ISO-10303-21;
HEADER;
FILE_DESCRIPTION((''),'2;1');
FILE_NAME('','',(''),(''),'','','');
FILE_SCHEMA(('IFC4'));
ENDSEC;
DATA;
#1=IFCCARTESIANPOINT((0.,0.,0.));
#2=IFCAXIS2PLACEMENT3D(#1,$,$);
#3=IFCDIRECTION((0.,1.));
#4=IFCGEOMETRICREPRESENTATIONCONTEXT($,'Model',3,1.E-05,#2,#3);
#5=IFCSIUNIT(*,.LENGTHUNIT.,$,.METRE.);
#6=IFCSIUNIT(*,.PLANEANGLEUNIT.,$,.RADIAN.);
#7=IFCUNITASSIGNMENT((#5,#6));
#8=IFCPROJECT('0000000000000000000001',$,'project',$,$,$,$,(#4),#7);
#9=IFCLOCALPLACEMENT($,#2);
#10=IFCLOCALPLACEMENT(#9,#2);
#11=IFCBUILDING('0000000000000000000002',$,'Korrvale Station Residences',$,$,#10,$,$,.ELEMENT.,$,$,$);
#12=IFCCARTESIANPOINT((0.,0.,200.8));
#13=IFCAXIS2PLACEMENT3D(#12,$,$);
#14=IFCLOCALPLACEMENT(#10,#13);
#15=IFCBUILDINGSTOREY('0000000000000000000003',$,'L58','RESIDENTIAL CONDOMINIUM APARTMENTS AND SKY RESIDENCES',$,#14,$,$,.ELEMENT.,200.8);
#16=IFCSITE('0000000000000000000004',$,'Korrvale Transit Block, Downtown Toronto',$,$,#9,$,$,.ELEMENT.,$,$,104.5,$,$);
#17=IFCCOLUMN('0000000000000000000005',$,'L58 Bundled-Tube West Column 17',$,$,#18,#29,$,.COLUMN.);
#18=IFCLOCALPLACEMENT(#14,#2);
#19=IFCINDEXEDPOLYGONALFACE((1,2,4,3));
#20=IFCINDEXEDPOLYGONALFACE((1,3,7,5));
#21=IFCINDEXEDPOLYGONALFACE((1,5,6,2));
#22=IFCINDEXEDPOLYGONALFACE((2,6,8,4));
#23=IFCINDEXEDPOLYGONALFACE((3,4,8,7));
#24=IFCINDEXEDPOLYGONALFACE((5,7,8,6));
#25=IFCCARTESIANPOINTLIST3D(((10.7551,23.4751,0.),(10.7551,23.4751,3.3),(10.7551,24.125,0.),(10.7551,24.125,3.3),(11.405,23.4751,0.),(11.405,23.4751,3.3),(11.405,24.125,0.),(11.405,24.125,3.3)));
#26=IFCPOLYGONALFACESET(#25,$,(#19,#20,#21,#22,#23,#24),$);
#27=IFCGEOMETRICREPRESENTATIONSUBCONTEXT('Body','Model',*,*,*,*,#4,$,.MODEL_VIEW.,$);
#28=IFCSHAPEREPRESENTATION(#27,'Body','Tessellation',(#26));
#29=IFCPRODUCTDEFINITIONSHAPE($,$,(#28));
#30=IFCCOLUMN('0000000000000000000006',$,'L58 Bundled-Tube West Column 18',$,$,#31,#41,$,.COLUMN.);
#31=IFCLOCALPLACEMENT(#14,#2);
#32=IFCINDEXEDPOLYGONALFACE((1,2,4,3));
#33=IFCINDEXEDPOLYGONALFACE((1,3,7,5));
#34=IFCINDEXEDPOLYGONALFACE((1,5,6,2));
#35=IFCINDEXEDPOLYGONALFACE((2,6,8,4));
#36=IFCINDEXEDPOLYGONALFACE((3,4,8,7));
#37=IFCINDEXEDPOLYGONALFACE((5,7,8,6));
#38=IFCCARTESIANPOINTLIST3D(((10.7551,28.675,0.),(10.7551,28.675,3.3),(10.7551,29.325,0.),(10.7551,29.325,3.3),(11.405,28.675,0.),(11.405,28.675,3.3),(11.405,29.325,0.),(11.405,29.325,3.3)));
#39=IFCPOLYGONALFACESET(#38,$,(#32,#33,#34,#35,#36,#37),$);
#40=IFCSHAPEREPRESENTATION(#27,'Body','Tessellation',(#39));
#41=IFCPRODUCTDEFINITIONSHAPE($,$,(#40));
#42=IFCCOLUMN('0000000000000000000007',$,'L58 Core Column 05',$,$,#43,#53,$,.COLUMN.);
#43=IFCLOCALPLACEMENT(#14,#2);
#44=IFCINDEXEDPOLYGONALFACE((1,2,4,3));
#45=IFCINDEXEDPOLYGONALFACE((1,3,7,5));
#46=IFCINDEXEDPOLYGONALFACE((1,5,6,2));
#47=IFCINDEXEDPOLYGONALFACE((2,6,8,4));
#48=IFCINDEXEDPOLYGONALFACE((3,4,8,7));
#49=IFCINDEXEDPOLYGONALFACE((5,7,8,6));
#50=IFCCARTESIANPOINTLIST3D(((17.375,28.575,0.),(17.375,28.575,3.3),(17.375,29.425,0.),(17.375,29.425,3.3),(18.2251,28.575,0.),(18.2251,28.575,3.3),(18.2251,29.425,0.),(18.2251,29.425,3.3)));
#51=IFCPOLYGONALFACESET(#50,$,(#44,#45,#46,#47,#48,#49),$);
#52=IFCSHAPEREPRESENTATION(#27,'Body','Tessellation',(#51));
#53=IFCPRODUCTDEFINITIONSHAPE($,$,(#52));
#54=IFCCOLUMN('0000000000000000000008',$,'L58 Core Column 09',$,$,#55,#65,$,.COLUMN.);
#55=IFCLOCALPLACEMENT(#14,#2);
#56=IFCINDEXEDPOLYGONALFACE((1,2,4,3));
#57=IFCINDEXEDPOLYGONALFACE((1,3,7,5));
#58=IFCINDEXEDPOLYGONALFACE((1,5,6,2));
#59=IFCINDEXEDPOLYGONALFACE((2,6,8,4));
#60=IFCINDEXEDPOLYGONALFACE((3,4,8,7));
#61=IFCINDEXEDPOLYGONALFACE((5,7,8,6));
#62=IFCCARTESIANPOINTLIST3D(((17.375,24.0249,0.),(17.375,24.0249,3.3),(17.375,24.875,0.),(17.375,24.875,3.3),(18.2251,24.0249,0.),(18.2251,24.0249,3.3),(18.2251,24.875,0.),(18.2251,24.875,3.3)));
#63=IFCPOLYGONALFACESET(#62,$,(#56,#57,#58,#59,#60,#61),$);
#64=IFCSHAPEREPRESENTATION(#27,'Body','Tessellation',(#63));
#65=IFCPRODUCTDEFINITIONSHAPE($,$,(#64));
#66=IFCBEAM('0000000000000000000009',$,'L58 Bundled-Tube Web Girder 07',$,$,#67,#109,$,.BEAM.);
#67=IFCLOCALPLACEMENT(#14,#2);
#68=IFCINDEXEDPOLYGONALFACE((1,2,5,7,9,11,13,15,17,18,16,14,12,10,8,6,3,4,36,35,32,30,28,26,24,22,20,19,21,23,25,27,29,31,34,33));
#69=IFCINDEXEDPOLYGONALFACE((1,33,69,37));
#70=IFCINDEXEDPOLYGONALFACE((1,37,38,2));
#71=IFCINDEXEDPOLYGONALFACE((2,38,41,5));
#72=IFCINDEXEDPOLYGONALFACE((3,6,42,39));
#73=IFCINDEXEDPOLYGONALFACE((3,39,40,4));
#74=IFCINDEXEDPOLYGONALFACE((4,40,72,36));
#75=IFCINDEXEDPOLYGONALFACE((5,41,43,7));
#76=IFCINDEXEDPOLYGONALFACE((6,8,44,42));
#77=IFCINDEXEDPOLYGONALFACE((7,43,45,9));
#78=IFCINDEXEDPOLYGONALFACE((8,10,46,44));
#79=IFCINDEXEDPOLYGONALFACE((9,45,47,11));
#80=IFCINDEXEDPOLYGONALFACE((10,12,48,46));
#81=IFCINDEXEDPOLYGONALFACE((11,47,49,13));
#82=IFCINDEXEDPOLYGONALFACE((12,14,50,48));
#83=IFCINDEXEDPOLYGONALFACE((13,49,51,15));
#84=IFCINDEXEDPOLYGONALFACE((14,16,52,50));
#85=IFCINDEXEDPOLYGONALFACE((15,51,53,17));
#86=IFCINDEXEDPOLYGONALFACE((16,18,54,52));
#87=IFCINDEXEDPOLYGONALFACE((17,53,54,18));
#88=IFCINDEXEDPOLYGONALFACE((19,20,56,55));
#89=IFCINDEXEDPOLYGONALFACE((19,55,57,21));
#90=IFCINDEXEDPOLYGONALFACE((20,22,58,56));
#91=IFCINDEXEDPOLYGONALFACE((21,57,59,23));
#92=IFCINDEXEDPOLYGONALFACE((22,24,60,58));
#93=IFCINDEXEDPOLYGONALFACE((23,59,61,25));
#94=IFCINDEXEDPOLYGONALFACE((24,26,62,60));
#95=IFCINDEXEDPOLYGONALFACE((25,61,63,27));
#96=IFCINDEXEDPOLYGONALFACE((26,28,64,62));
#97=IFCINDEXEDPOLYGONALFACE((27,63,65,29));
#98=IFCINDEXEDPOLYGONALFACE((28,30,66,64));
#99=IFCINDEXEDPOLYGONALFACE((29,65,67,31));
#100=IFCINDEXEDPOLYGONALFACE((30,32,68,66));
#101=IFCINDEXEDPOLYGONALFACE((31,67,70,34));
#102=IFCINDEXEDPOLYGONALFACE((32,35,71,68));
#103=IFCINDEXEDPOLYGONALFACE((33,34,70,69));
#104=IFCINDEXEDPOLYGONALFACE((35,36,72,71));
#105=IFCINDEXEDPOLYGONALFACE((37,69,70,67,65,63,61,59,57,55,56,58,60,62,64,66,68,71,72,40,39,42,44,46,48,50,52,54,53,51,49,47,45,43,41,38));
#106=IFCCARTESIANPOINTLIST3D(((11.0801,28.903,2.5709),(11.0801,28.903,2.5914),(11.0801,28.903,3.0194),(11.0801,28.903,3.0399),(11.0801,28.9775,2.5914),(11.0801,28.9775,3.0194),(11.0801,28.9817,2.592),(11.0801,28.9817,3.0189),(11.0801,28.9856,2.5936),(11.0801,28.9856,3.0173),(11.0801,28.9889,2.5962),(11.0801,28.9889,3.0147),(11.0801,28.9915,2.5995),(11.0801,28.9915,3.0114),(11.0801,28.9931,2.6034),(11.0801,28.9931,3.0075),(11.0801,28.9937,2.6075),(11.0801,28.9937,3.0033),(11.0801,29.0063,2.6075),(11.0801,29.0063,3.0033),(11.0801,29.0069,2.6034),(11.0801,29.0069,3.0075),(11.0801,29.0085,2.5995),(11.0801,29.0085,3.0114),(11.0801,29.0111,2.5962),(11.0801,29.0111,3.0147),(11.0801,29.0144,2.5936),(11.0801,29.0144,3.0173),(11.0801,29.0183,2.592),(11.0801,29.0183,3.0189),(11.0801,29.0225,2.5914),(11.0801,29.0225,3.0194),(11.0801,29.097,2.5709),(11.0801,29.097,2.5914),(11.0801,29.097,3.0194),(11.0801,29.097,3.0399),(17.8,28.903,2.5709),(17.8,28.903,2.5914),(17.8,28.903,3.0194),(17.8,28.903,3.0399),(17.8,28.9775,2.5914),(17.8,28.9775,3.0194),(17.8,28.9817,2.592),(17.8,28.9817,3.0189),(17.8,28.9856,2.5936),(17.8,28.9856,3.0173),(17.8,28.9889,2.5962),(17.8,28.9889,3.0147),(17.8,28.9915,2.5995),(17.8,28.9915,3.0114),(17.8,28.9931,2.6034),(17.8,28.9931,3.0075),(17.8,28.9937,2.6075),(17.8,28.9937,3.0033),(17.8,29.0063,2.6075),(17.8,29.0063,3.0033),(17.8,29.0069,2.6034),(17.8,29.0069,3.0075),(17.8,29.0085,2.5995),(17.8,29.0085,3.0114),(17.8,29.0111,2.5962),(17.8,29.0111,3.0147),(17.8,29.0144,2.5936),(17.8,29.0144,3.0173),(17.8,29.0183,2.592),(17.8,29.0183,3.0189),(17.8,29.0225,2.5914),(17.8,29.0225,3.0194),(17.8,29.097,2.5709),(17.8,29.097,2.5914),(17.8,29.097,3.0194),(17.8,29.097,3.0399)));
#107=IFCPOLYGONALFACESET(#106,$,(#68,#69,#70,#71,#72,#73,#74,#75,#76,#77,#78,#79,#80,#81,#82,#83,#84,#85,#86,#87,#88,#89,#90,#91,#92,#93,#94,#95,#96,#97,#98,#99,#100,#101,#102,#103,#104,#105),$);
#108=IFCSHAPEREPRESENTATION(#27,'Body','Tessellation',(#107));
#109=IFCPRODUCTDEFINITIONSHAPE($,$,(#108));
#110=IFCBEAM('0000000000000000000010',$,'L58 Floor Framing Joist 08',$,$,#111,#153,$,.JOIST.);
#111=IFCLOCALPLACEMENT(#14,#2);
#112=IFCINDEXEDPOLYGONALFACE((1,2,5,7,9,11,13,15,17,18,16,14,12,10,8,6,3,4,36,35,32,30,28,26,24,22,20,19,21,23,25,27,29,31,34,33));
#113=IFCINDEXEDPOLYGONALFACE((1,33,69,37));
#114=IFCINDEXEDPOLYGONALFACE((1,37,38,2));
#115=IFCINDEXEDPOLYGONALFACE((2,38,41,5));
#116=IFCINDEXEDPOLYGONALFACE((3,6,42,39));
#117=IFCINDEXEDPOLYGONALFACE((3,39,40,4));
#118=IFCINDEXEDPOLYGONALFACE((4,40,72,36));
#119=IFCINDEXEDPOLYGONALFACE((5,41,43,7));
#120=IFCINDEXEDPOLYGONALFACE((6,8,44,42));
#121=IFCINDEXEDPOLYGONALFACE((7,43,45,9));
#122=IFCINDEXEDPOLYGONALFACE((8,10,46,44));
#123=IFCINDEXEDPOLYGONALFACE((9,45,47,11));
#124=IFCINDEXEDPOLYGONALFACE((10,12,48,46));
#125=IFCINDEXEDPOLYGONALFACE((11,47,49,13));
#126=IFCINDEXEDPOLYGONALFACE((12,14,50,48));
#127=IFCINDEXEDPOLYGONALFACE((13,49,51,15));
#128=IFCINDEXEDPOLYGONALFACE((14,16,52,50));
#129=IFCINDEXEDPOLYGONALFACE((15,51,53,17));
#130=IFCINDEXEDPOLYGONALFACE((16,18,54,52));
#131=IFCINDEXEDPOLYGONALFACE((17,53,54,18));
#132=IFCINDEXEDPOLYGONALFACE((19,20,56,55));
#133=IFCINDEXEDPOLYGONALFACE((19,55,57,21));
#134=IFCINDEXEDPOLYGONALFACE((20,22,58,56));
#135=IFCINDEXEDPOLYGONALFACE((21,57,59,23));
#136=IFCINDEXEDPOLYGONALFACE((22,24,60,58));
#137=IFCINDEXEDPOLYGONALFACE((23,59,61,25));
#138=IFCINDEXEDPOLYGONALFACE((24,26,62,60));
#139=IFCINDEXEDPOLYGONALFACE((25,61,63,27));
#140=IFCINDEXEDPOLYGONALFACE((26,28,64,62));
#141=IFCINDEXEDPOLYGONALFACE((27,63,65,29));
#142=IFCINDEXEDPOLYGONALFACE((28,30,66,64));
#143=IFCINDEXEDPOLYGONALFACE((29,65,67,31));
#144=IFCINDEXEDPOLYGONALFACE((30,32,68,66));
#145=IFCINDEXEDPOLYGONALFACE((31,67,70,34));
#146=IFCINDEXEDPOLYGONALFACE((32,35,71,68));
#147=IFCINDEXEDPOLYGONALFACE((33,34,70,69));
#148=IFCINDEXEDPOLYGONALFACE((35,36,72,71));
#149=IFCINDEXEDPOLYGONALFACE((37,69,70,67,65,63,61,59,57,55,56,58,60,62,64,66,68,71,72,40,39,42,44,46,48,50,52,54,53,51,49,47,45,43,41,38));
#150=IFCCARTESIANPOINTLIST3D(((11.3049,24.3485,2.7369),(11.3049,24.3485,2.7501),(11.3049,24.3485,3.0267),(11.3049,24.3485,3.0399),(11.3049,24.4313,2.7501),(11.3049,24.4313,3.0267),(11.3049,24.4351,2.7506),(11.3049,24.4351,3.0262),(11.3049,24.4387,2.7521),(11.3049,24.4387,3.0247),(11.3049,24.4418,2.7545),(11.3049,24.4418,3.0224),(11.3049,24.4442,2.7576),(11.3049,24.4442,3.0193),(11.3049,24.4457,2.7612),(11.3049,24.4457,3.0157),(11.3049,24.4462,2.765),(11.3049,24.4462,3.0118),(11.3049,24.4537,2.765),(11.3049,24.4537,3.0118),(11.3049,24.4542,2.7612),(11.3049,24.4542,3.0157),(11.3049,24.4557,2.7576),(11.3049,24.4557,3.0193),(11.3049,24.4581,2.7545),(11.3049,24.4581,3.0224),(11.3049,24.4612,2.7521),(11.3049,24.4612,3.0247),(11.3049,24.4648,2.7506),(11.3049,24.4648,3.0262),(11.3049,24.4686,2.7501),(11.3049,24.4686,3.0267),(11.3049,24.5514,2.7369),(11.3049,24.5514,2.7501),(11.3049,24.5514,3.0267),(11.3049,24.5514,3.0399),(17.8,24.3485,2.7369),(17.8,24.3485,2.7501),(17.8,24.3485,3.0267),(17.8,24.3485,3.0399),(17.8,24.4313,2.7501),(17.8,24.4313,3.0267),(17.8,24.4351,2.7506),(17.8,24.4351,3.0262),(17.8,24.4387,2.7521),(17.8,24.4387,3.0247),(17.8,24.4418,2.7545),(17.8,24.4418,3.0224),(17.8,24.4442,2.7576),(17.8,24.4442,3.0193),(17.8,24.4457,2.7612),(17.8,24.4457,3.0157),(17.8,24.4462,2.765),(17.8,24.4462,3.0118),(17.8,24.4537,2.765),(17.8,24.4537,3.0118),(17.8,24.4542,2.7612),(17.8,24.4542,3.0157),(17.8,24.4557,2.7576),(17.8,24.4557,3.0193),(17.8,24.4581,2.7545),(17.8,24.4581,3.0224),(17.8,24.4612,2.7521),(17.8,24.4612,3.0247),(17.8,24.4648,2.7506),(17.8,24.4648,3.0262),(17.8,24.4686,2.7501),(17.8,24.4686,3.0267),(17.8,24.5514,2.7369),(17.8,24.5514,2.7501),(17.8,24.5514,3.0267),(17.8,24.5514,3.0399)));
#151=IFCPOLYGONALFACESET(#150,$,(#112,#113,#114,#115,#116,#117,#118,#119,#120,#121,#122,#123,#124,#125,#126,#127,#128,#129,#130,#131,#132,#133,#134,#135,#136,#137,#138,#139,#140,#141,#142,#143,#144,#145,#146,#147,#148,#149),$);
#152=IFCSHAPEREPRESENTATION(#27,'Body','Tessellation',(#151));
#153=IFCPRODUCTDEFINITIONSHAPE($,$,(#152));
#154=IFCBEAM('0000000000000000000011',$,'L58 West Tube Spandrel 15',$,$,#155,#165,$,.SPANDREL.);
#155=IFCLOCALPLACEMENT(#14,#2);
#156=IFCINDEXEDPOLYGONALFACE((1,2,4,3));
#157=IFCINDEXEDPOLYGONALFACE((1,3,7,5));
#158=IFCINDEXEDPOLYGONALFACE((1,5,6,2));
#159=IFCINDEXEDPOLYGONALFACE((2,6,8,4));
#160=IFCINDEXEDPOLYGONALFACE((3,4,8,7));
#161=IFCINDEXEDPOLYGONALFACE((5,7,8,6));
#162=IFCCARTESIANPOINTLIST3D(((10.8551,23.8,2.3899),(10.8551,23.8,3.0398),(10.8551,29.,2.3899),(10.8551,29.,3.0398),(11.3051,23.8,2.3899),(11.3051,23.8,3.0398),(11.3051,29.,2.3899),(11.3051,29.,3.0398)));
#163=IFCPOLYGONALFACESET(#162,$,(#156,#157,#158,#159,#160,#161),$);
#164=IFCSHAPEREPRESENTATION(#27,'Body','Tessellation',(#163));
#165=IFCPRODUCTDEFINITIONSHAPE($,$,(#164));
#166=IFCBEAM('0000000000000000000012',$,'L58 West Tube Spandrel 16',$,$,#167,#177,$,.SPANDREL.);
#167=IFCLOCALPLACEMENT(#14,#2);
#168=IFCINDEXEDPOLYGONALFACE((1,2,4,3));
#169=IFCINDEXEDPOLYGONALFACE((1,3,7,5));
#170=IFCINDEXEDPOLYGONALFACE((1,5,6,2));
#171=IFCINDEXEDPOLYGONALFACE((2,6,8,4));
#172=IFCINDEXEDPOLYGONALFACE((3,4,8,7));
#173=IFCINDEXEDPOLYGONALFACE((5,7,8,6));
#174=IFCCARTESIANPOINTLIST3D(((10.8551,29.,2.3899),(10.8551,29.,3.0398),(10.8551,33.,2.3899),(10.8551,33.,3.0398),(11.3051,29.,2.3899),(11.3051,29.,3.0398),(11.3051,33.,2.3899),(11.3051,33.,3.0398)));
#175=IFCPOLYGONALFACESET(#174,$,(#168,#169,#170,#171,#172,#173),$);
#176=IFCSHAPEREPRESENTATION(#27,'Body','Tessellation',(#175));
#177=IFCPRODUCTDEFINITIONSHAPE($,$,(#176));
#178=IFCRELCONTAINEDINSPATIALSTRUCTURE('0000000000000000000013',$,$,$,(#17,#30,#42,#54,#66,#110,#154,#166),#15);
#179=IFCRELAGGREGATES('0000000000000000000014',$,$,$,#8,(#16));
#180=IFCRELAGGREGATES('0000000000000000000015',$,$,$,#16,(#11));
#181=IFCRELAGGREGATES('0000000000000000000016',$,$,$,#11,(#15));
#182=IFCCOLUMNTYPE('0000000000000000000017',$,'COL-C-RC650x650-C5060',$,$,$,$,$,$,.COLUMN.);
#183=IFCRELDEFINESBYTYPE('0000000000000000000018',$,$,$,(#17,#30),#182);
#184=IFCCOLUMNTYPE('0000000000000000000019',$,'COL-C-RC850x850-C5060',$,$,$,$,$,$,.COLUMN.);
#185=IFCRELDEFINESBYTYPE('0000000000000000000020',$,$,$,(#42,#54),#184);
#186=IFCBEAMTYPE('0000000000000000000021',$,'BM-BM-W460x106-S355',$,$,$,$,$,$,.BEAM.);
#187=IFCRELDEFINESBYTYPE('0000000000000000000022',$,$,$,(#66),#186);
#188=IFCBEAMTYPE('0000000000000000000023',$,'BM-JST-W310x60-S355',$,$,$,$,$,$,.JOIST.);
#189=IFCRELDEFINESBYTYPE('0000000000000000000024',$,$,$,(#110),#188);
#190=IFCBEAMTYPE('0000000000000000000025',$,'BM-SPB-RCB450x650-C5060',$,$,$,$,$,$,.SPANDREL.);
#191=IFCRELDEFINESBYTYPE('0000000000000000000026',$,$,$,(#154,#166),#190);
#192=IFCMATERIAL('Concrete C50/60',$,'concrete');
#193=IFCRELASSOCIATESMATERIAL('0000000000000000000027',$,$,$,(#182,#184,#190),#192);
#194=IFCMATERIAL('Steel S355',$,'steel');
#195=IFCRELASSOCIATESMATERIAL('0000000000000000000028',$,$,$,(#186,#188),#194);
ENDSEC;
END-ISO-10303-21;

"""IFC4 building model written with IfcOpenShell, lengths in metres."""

from ifc_helpers import new_model, si_unit, direction, frame, origin, origin_2d, place, context, subcontext, project, spatial, rectangle, i_section, extrude, material, material_profile, profile_set, type_object, element, save


model = new_model("IFC4")

# Units and contexts
model_context = context("Model", 3, precision=1e-05, world=origin(), true_north=direction((0.0, 1.0)))
body_context = subcontext(model_context, "Body", "Model", "MODEL_VIEW")
ifc_project = project(units=[si_unit("LENGTHUNIT", "METRE"), si_unit("PLANEANGLEUNIT", "RADIAN")], contexts=[model_context])

# Site, building, storey
site_placement = place(None, origin())
site = spatial("IfcSite", under=ifc_project, at=site_placement, Name="Korrvale Transit Block, Downtown Toronto", CompositionType="ELEMENT", RefElevation=104.5)
building_placement = place(site_placement, origin())
building = spatial("IfcBuilding", under=site, at=building_placement, Name="Korrvale Station Residences", CompositionType="ELEMENT")
storey_placement = place(building_placement, frame((0.0, 0.0, 200.8)))
storey = spatial("IfcBuildingStorey", under=building, at=storey_placement, Name="L58", Description="RESIDENTIAL CONDOMINIUM APARTMENTS AND SKY RESIDENCES", CompositionType="ELEMENT", Elevation=200.8)

# Columns
ifc_material_1 = material(Name="Concrete C50/60", Category="concrete")
ifc_material_profile_1 = material_profile(ifc_material_1, rectangle(XDim=0.6499, YDim=0.6499, at=origin_2d()), Name="RC650x650")
ifc_profile_set_1 = profile_set([ifc_material_profile_1], Name="Concrete C50/60")
column_type_1 = type_object("IfcColumnType", Name="COL-C-RC650x650-C5060", PredefinedType="COLUMN", material=ifc_profile_set_1)
for number, where, z_axis, x_axis, name in (
    (1, (11.0801, 23.8, 0.0), (0.0, 0.0, 1.0), (1.0, 0.0, 0.0), "L58 Bundled-Tube West Column 17"),
    (2, (11.0801, 29.0, 0.0), (0.0, 0.0, 1.0), (1.0, 0.0, 0.0), "L58 Bundled-Tube West Column 18"),
):
    element("IfcColumn", number, at=place(storey_placement, frame(where, z_axis=z_axis, x_axis=x_axis)), inside=storey, type_object=column_type_1, Name=name, PredefinedType="COLUMN", context=body_context, shape_type="SweptSolid", body=[
        extrude(rectangle(XDim=0.6499, YDim=0.6499, at=origin_2d()), origin(), (0.0, 0.0, 1.0), 3.3),
    ])
ifc_material_profile_2 = material_profile(ifc_material_1, rectangle(XDim=0.8501, YDim=0.8501, at=origin_2d()), Name="RC850x850")
ifc_profile_set_2 = profile_set([ifc_material_profile_2], Name="Concrete C50/60")
column_type_2 = type_object("IfcColumnType", Name="COL-C-RC850x850-C5060", PredefinedType="COLUMN", material=ifc_profile_set_2)
for number, where, z_axis, x_axis, name in (
    (3, (17.8, 29.0, 0.0), (0.0, 0.0, 1.0), (1.0, 0.0, 0.0), "L58 Core Column 05"),
    (4, (17.8, 24.45, 0.0), (0.0, 0.0, 1.0), (1.0, 0.0, 0.0), "L58 Core Column 09"),
):
    element("IfcColumn", number, at=place(storey_placement, frame(where, z_axis=z_axis, x_axis=x_axis)), inside=storey, type_object=column_type_2, Name=name, PredefinedType="COLUMN", context=body_context, shape_type="SweptSolid", body=[
        extrude(rectangle(XDim=0.8501, YDim=0.8501, at=origin_2d()), origin(), (0.0, 0.0, 1.0), 3.3),
    ])

# Beams
ifc_material_2 = material(Name="Steel S355", Category="steel")
ifc_material_profile_3 = material_profile(ifc_material_2, i_section(OverallWidth=0.1941, OverallDepth=0.469, WebThickness=0.0127, FlangeThickness=0.0205, FilletRadius=0.0161, at=origin_2d()), Name="W460x106")
ifc_profile_set_3 = profile_set([ifc_material_profile_3], Name="Steel S355")
beam_type_1 = type_object("IfcBeamType", Name="BM-BM-W460x106-S355", PredefinedType="BEAM", material=ifc_profile_set_3)
beam_1_placement = place(storey_placement, frame((11.0801, 29.0, 2.8054), z_axis=(1.0, 0.0, 0.0), x_axis=(0.0, 1.0, 0.0)))
element("IfcBeam", 5, at=beam_1_placement, inside=storey, type_object=beam_type_1, Name="L58 Bundled-Tube Web Girder 07", PredefinedType="BEAM", context=body_context, shape_type="SweptSolid", body=[
    extrude(i_section(OverallWidth=0.1941, OverallDepth=0.469, WebThickness=0.0127, FlangeThickness=0.0205, FilletRadius=0.0161, at=origin_2d()), origin(), (0.0, 0.0, 1.0), 6.72),
])
ifc_material_profile_4 = material_profile(ifc_material_2, i_section(OverallWidth=0.2029, OverallDepth=0.303, WebThickness=0.0076, FlangeThickness=0.0132, FilletRadius=0.0149, at=origin_2d()), Name="W310x60")
ifc_profile_set_4 = profile_set([ifc_material_profile_4], Name="Steel S355")
beam_type_2 = type_object("IfcBeamType", Name="BM-JST-W310x60-S355", PredefinedType="JOIST", material=ifc_profile_set_4)
beam_2_placement = place(storey_placement, frame((11.3049, 24.45, 2.8884), z_axis=(1.0, 0.0, 0.0), x_axis=(0.0, 1.0, 0.0)))
element("IfcBeam", 6, at=beam_2_placement, inside=storey, type_object=beam_type_2, Name="L58 Floor Framing Joist 08", PredefinedType="JOIST", context=body_context, shape_type="SweptSolid", body=[
    extrude(i_section(OverallWidth=0.2029, OverallDepth=0.303, WebThickness=0.0076, FlangeThickness=0.0132, FilletRadius=0.0149, at=origin_2d()), origin(), (0.0, 0.0, 1.0), 6.4951),
])
ifc_material_profile_5 = material_profile(ifc_material_1, rectangle(XDim=0.45, YDim=0.6499, at=origin_2d()), Name="RCB450x650")
ifc_profile_set_5 = profile_set([ifc_material_profile_5], Name="Concrete C50/60")
beam_type_3 = type_object("IfcBeamType", Name="BM-SPB-RCB450x650-C5060", PredefinedType="SPANDREL", material=ifc_profile_set_5)
beam_3_placement = place(storey_placement, frame((11.0801, 23.8, 2.7148), z_axis=(0.0, 1.0, 0.0), x_axis=(-1.0, 0.0, 0.0)))
element("IfcBeam", 7, at=beam_3_placement, inside=storey, type_object=beam_type_3, Name="L58 West Tube Spandrel 15", PredefinedType="SPANDREL", context=body_context, shape_type="SweptSolid", body=[
    extrude(rectangle(XDim=0.45, YDim=0.6499, at=origin_2d()), origin(), (0.0, 0.0, 1.0), 5.2),
])
beam_4_placement = place(storey_placement, frame((11.0801, 29.0, 2.7148), z_axis=(0.0, 1.0, 0.0), x_axis=(-1.0, 0.0, 0.0)))
element("IfcBeam", 8, at=beam_4_placement, inside=storey, type_object=beam_type_3, Name="L58 West Tube Spandrel 16", PredefinedType="SPANDREL", context=body_context, shape_type="SweptSolid", body=[
    extrude(rectangle(XDim=0.45, YDim=0.6499, at=origin_2d()), origin(), (0.0, 0.0, 1.0), 4.0),
])

save(model, "model.ifc")
